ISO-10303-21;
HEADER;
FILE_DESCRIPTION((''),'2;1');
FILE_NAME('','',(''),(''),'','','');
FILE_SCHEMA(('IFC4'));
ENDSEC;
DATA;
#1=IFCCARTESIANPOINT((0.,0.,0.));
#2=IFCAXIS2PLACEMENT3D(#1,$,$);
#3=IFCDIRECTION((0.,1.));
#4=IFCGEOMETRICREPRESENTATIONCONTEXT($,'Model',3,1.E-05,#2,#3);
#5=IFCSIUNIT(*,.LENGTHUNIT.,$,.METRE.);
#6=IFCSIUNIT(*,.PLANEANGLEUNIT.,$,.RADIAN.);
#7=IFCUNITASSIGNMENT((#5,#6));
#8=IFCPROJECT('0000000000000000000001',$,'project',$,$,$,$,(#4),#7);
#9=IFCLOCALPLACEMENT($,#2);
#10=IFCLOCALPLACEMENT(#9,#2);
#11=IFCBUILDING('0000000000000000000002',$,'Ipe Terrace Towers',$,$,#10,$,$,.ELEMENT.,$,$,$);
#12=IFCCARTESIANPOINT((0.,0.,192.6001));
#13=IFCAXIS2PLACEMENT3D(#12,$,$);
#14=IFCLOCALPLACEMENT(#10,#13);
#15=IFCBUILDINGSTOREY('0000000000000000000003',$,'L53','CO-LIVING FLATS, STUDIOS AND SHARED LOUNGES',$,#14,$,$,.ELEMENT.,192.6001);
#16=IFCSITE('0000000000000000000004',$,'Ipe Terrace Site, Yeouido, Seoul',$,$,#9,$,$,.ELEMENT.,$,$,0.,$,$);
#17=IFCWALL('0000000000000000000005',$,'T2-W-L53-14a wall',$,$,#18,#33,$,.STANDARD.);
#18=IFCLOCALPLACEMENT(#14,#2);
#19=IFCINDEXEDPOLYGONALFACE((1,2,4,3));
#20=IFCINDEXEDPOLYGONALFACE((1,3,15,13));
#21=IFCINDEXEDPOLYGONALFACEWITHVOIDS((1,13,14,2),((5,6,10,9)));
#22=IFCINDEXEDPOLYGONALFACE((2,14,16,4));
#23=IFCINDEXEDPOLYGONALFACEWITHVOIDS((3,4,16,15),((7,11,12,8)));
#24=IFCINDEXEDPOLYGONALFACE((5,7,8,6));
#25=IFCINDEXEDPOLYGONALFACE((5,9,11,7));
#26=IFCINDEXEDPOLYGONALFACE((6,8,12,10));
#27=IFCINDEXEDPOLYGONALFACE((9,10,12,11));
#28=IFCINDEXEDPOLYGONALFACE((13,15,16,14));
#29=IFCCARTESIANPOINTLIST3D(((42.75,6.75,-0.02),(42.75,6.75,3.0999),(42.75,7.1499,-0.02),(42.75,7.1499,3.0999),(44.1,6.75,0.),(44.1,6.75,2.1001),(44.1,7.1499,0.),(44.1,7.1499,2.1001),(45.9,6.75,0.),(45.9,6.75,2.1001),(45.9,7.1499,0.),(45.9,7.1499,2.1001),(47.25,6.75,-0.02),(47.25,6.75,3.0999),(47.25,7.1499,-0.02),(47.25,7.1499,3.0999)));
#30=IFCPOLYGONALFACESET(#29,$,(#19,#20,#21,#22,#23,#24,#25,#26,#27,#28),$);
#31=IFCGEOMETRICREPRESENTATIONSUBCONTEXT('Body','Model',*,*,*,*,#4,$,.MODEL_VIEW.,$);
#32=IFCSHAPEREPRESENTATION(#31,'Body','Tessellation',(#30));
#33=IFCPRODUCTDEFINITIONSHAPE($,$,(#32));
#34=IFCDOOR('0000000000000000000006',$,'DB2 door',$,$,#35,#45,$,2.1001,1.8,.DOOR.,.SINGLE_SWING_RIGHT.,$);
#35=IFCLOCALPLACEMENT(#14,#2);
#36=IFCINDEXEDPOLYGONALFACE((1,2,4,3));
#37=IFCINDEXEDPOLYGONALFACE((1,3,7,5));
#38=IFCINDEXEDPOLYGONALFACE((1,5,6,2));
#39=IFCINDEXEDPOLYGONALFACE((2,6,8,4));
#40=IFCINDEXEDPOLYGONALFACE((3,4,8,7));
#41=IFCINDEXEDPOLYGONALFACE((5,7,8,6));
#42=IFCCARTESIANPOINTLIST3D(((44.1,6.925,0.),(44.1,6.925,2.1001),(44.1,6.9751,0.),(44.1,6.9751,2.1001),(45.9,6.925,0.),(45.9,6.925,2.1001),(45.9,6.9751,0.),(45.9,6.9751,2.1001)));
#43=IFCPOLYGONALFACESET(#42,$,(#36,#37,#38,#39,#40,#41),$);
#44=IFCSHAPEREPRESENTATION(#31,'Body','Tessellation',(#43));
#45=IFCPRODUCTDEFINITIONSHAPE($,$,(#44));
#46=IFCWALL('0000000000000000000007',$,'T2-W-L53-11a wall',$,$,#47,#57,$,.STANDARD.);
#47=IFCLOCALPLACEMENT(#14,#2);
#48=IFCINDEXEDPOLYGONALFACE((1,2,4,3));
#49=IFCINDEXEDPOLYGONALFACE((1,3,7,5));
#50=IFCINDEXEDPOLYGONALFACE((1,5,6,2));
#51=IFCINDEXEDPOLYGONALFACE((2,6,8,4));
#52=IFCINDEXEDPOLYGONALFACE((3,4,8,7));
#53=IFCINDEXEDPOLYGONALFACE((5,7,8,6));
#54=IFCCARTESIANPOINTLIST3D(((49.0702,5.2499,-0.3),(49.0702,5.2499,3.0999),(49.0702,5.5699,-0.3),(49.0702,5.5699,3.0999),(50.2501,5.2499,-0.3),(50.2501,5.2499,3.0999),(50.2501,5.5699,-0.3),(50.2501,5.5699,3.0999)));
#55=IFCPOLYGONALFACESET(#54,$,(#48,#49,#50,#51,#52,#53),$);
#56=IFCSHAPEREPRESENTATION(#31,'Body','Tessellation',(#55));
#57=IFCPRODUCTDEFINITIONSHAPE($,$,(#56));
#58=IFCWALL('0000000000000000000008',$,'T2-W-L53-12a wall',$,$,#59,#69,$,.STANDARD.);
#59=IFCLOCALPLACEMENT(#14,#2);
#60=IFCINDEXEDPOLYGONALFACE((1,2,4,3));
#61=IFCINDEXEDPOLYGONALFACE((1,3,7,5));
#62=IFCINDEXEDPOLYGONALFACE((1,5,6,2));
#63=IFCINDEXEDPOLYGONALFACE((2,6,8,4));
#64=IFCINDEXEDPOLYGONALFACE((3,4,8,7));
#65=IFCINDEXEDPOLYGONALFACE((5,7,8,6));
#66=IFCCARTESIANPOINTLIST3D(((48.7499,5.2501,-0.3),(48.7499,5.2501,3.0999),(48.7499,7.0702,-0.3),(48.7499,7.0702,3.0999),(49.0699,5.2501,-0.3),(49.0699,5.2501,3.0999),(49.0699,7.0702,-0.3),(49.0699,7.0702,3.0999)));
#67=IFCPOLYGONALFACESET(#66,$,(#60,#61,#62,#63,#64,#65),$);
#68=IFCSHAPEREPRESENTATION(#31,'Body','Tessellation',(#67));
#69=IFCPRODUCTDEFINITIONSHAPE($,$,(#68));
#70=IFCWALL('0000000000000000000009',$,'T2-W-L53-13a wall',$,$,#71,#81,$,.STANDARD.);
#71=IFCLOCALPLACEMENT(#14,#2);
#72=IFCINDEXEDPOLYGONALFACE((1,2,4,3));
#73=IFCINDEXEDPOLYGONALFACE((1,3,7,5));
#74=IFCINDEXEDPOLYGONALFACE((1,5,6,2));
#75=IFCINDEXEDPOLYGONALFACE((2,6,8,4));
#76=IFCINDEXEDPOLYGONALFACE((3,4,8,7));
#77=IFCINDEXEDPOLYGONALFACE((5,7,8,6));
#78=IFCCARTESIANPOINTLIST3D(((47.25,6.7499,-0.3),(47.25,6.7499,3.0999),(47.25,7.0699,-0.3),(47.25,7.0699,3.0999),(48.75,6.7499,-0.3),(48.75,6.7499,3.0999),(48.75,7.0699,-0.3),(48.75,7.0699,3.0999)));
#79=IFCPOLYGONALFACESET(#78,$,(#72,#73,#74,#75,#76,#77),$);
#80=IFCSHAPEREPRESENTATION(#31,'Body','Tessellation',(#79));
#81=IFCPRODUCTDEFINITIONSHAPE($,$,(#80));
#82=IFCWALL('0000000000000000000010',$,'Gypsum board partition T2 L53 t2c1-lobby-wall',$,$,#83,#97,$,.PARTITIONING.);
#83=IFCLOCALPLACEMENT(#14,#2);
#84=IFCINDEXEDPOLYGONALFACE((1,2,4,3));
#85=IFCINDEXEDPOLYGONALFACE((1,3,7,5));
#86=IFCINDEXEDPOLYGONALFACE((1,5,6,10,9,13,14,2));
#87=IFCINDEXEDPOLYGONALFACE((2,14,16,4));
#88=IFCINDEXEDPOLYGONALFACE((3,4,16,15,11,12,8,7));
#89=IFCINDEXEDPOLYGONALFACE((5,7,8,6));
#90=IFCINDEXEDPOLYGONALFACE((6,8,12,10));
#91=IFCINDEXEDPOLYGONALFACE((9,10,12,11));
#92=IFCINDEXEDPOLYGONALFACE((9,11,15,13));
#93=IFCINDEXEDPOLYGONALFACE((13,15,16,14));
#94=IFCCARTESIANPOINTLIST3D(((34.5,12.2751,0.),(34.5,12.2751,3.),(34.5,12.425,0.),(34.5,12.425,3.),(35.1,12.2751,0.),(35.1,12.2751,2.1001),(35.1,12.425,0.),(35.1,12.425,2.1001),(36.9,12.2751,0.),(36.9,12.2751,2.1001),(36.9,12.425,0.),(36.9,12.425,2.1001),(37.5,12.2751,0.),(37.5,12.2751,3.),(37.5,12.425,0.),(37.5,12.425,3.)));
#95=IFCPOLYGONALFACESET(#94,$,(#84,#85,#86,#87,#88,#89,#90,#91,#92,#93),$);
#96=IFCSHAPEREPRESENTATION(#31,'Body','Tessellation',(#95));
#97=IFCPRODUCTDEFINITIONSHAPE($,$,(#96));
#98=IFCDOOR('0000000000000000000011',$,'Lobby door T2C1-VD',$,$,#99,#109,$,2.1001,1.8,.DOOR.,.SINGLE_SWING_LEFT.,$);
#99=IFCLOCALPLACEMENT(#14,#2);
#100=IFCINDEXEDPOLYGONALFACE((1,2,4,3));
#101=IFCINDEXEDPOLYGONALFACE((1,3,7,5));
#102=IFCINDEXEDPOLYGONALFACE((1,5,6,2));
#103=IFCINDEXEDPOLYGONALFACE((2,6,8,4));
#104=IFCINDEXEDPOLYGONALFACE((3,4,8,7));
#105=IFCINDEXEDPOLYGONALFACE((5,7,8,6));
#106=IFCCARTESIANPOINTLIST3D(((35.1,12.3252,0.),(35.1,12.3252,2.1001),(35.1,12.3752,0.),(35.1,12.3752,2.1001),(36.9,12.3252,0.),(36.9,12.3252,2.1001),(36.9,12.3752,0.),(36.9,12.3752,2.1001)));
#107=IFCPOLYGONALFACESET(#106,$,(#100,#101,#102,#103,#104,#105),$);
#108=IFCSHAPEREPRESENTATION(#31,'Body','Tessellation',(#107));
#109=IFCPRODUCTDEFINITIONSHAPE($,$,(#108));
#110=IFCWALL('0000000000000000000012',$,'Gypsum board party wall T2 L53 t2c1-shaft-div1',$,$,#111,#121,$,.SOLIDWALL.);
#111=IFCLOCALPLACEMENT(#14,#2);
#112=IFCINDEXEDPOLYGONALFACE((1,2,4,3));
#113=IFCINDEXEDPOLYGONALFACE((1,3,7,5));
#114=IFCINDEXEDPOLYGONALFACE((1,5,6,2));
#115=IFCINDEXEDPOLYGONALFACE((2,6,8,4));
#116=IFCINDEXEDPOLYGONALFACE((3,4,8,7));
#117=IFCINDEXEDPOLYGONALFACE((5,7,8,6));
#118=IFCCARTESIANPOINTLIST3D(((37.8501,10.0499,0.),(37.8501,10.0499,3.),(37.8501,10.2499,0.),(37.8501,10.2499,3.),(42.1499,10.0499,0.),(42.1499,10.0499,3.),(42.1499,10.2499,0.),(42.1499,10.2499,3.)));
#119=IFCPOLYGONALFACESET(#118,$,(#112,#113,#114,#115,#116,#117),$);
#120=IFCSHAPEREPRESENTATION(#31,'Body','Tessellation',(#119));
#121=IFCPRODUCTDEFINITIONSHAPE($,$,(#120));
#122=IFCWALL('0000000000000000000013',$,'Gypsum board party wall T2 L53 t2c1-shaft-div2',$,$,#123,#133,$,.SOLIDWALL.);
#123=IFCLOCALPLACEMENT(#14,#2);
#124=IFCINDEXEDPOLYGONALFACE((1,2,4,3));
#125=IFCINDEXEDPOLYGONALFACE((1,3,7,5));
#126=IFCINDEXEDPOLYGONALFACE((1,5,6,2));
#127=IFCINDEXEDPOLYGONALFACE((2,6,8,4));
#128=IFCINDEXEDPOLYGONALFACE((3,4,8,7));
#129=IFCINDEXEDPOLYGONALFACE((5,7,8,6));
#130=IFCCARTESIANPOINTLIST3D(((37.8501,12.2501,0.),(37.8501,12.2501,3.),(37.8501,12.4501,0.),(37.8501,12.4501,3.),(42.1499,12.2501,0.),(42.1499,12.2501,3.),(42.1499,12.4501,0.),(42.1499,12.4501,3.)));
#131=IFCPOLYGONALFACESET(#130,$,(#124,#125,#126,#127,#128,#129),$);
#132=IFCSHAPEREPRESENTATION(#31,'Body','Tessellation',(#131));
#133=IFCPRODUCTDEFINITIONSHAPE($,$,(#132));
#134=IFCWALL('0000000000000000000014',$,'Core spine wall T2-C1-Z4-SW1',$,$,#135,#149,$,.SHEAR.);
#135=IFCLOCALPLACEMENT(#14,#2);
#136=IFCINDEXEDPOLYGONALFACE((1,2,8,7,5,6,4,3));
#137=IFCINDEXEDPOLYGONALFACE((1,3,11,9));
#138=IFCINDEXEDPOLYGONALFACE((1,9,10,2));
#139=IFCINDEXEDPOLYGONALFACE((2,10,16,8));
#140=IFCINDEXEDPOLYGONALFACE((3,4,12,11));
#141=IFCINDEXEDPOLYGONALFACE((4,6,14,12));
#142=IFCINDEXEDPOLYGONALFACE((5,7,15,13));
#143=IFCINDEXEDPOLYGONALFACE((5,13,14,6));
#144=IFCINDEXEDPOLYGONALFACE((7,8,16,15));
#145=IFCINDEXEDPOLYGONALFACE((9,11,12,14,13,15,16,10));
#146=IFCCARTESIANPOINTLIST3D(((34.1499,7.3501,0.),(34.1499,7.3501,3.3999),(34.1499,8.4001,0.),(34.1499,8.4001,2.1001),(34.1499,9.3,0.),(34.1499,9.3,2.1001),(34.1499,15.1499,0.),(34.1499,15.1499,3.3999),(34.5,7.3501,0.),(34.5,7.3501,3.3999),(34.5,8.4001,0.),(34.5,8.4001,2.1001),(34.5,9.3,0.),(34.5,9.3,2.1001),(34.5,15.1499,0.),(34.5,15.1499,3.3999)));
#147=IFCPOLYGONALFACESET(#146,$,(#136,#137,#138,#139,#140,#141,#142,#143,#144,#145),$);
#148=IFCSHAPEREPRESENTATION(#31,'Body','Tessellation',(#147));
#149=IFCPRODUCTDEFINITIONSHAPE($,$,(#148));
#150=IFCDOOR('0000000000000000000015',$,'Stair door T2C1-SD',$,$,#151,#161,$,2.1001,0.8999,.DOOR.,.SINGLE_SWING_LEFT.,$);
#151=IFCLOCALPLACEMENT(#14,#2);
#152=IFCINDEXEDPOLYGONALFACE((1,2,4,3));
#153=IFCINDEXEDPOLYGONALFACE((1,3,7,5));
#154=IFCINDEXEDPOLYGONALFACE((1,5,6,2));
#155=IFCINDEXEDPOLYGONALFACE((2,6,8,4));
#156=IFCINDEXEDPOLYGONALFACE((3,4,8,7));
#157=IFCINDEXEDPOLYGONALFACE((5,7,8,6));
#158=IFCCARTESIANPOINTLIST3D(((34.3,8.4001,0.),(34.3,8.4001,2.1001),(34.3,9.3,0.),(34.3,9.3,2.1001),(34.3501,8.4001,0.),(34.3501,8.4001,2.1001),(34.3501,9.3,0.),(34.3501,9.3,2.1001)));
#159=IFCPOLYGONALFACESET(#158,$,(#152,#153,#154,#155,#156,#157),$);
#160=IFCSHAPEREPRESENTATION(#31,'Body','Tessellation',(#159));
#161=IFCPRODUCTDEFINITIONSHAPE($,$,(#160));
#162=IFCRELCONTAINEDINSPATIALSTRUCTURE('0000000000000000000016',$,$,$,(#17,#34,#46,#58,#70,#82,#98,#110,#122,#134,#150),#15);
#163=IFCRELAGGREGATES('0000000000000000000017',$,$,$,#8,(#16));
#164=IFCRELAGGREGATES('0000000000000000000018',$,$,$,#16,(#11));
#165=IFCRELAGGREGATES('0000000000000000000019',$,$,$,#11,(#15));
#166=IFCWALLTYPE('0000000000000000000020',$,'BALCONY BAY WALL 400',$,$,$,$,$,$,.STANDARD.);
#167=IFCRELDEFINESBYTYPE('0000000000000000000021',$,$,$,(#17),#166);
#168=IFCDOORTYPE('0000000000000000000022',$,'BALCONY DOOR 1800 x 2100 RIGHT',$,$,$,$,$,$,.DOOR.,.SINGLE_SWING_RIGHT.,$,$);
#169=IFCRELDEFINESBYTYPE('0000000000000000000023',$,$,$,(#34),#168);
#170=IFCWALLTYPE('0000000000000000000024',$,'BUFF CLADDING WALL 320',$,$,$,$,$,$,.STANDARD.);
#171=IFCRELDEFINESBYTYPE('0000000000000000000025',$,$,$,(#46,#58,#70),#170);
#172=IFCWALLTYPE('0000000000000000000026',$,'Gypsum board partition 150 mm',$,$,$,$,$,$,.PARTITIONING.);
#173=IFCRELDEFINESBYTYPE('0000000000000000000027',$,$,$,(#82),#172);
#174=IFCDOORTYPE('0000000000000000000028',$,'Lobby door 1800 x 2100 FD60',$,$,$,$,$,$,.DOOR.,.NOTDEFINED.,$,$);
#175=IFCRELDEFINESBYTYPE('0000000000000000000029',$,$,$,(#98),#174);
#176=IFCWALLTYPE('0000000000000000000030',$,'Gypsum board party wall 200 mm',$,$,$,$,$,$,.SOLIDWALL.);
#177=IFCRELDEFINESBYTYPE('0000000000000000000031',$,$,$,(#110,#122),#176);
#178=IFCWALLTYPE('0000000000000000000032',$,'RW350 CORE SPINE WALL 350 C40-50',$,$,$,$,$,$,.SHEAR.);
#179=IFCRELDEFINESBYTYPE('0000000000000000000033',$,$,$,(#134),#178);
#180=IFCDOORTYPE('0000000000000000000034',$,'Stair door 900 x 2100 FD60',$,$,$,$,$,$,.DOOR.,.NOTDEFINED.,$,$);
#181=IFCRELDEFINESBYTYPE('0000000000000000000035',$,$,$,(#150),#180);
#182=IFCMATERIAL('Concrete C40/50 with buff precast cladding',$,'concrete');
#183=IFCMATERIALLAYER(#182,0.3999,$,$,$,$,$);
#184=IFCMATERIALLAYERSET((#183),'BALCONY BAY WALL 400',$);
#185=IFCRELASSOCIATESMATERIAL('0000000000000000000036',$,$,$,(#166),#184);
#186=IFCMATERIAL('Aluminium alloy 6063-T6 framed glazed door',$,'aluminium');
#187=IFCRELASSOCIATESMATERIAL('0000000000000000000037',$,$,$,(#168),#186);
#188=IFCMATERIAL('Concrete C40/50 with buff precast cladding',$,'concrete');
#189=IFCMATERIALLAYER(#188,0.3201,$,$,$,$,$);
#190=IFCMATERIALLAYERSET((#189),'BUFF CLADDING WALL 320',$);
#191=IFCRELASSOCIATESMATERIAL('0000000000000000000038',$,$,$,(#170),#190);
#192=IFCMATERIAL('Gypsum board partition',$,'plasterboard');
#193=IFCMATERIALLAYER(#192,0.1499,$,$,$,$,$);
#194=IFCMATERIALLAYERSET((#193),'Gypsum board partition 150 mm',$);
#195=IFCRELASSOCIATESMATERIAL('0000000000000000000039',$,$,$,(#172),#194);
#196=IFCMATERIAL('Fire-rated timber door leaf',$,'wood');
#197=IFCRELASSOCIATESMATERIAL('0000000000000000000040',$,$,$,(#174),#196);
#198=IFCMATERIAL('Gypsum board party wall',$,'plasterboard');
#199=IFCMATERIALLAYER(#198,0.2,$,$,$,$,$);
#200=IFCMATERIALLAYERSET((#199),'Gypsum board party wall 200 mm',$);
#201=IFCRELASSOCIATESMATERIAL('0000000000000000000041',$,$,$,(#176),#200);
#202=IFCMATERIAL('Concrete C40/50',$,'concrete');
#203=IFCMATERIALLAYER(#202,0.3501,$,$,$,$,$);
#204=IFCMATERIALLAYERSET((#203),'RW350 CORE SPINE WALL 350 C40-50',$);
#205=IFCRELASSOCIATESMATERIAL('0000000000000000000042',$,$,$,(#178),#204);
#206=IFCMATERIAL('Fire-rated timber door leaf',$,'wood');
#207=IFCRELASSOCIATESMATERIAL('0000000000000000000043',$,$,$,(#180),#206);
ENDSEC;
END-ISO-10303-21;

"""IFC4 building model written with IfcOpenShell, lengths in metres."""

from ifc_helpers import new_model, si_unit, direction, frame, frame_2d, origin, place, context, subcontext, project, spatial, rectangle, extrude, material, layer, layer_set, type_object, element, fill, save


model = new_model("IFC4")

# Units and contexts
model_context = context("Model", 3, precision=1e-05, world=origin(), true_north=direction((0.0, 1.0)))
body_context = subcontext(model_context, "Body", "Model", "MODEL_VIEW")
ifc_project = project(units=[si_unit("LENGTHUNIT", "METRE"), si_unit("PLANEANGLEUNIT", "RADIAN")], contexts=[model_context])

# Site, building, storey
site_placement = place(None, origin())
site = spatial("IfcSite", under=ifc_project, at=site_placement, Name="Ipe Terrace Site, Yeouido, Seoul", CompositionType="ELEMENT", RefElevation=0.0)
building_placement = place(site_placement, origin())
building = spatial("IfcBuilding", under=site, at=building_placement, Name="Ipe Terrace Towers", CompositionType="ELEMENT")
storey_placement = place(building_placement, frame((0.0, 0.0, 192.6001)))
storey = spatial("IfcBuildingStorey", under=building, at=storey_placement, Name="L53", Description="CO-LIVING FLATS, STUDIOS AND SHARED LOUNGES", CompositionType="ELEMENT", Elevation=192.6001)

# Wall, opening, door
ifc_material_1 = material(Name="Concrete C40/50 with buff precast cladding", Category="concrete")
ifc_layer_1 = layer(ifc_material_1, 0.3999)
ifc_layer_set_1 = layer_set([ifc_layer_1], Name="BALCONY BAY WALL 400")
wall_type_1 = type_object("IfcWallType", Name="BALCONY BAY WALL 400", PredefinedType="STANDARD", material=ifc_layer_set_1)
wall_1_placement = place(storey_placement, frame((47.25, 6.95, -0.02), z_axis=(0.0, 0.0, 1.0), x_axis=(-1.0, 0.0, 0.0)))
wall_1 = element("IfcWall", 1, at=wall_1_placement, inside=storey, type_object=wall_type_1, Name="T2-W-L53-14a wall", PredefinedType="STANDARD", context=body_context, shape_type="SweptSolid", body=[
    extrude(rectangle(XDim=4.5, YDim=0.3999, at=frame_2d((2.25, 0.0))), origin(), (0.0, 0.0, 1.0), 3.1199),
])
opening_1_placement = place(wall_1_placement, frame((1.3501, 0.0, 0.02)))
opening_1 = element("IfcOpeningElement", 2, at=opening_1_placement, cuts=wall_1, PredefinedType="OPENING", context=body_context, shape_type="SweptSolid", body=[
    extrude(rectangle(XDim=1.8, YDim=2.1001, at=frame_2d((0.8999, 1.05))), frame((0.0, 0.21, 0.0), z_axis=(0.0, -1.0, 0.0), x_axis=(1.0, 0.0, 0.0)), (0.0, 0.0, 1.0), 0.4199),
])
ifc_material_2 = material(Name="Aluminium alloy 6063-T6 framed glazed door", Category="aluminium")
door_type_1 = type_object("IfcDoorType", Name="BALCONY DOOR 1800 x 2100 RIGHT", OperationType="SINGLE_SWING_RIGHT", PredefinedType="DOOR", material=ifc_material_2)
door_1_placement = place(opening_1_placement, origin())
door_1 = element("IfcDoor", 3, at=door_1_placement, inside=storey, type_object=door_type_1, Name="DB2 door", OperationType="SINGLE_SWING_RIGHT", OverallHeight=2.1001, OverallWidth=1.8, PredefinedType="DOOR", context=body_context, shape_type="SweptSolid", body=[
    extrude(rectangle(XDim=1.8, YDim=2.1001, at=frame_2d((0.8999, 1.05))), frame((0.0, 0.0249, 0.0), z_axis=(0.0, -1.0, 0.0), x_axis=(1.0, 0.0, 0.0)), (0.0, 0.0, 1.0), 0.05),
])
fill(opening_1, door_1)

# Walls
ifc_material_3 = material(Name="Concrete C40/50 with buff precast cladding", Category="concrete")
ifc_layer_2 = layer(ifc_material_3, 0.3201)
ifc_layer_set_2 = layer_set([ifc_layer_2], Name="BUFF CLADDING WALL 320")
wall_type_2 = type_object("IfcWallType", Name="BUFF CLADDING WALL 320", PredefinedType="STANDARD", material=ifc_layer_set_2)
wall_2_placement = place(storey_placement, frame((50.25, 5.4099, -0.3), z_axis=(0.0, 0.0, 1.0), x_axis=(-1.0, 0.0, 0.0)))
element("IfcWall", 4, at=wall_2_placement, inside=storey, type_object=wall_type_2, Name="T2-W-L53-11a wall", PredefinedType="STANDARD", context=body_context, shape_type="SweptSolid", body=[
    extrude(rectangle(XDim=1.1799, YDim=0.3201, at=frame_2d((0.5898, 0.0))), origin(), (0.0, 0.0, 1.0), 3.3999),
])
wall_3_placement = place(storey_placement, frame((48.9099, 5.25, -0.3), z_axis=(0.0, 0.0, 1.0), x_axis=(0.0, 1.0, 0.0)))
element("IfcWall", 5, at=wall_3_placement, inside=storey, type_object=wall_type_2, Name="T2-W-L53-12a wall", PredefinedType="STANDARD", context=body_context, shape_type="SweptSolid", body=[
    extrude(rectangle(XDim=1.8201, YDim=0.3201, at=frame_2d((0.9102, 0.0))), origin(), (0.0, 0.0, 1.0), 3.3999),
])
wall_4_placement = place(storey_placement, frame((48.75, 6.9099, -0.3), z_axis=(0.0, 0.0, 1.0), x_axis=(-1.0, 0.0, 0.0)))
element("IfcWall", 6, at=wall_4_placement, inside=storey, type_object=wall_type_2, Name="T2-W-L53-13a wall", PredefinedType="STANDARD", context=body_context, shape_type="SweptSolid", body=[
    extrude(rectangle(XDim=1.5, YDim=0.3201, at=frame_2d((0.75, 0.0))), origin(), (0.0, 0.0, 1.0), 3.3999),
])

# Wall, opening, door
ifc_material_4 = material(Name="Gypsum board partition", Category="plasterboard")
ifc_layer_3 = layer(ifc_material_4, 0.1499)
ifc_layer_set_3 = layer_set([ifc_layer_3], Name="Gypsum board partition 150 mm")
wall_type_3 = type_object("IfcWallType", Name="Gypsum board partition 150 mm", PredefinedType="PARTITIONING", material=ifc_layer_set_3)
wall_5_placement = place(storey_placement, frame((37.5, 12.3501, 0.0), z_axis=(0.0, 0.0, 1.0), x_axis=(-1.0, 0.0, 0.0)))
wall_5 = element("IfcWall", 7, at=wall_5_placement, inside=storey, type_object=wall_type_3, Name="Gypsum board partition T2 L53 t2c1-lobby-wall", PredefinedType="PARTITIONING", context=body_context, shape_type="SweptSolid", body=[
    extrude(rectangle(XDim=3.0, YDim=0.1499, at=frame_2d((1.5, 0.0))), origin(), (0.0, 0.0, 1.0), 3.0),
])
opening_2_placement = place(wall_5_placement, frame((0.6001, 0.0, 0.0)))
opening_2 = element("IfcOpeningElement", 8, at=opening_2_placement, cuts=wall_5, PredefinedType="OPENING", context=body_context, shape_type="SweptSolid", body=[
    extrude(rectangle(XDim=1.8, YDim=2.1001, at=frame_2d((0.8999, 1.05))), frame((0.0, 0.085, 0.0), z_axis=(0.0, -1.0, 0.0), x_axis=(1.0, 0.0, 0.0)), (0.0, 0.0, 1.0), 0.1699),
])
ifc_material_5 = material(Name="Fire-rated timber door leaf", Category="wood")
door_type_2 = type_object("IfcDoorType", Name="Lobby door 1800 x 2100 FD60", OperationType="NOTDEFINED", PredefinedType="DOOR", material=ifc_material_5)
door_2_placement = place(opening_2_placement, origin())
door_2 = element("IfcDoor", 9, at=door_2_placement, inside=storey, type_object=door_type_2, Name="Lobby door T2C1-VD", OperationType="SINGLE_SWING_LEFT", OverallHeight=2.1001, OverallWidth=1.8, PredefinedType="DOOR", context=body_context, shape_type="SweptSolid", body=[
    extrude(rectangle(XDim=1.8, YDim=2.1001, at=frame_2d((0.8999, 1.05))), frame((0.0, 0.0249, 0.0), z_axis=(0.0, -1.0, 0.0), x_axis=(1.0, 0.0, 0.0)), (0.0, 0.0, 1.0), 0.05),
])
fill(opening_2, door_2)

# Walls
ifc_material_6 = material(Name="Gypsum board party wall", Category="plasterboard")
ifc_layer_4 = layer(ifc_material_6, 0.2)
ifc_layer_set_4 = layer_set([ifc_layer_4], Name="Gypsum board party wall 200 mm")
wall_type_4 = type_object("IfcWallType", Name="Gypsum board party wall 200 mm", PredefinedType="SOLIDWALL", material=ifc_layer_set_4)
for number, where, z_axis, x_axis, name in (
    (10, (42.1499, 10.1499, 0.0), (0.0, 0.0, 1.0), (-1.0, 0.0, 0.0), "Gypsum board party wall T2 L53 t2c1-shaft-div1"),
    (11, (42.1499, 12.3501, 0.0), (0.0, 0.0, 1.0), (-1.0, 0.0, 0.0), "Gypsum board party wall T2 L53 t2c1-shaft-div2"),
):
    element("IfcWall", number, at=place(storey_placement, frame(where, z_axis=z_axis, x_axis=x_axis)), inside=storey, type_object=wall_type_4, Name=name, PredefinedType="SOLIDWALL", context=body_context, shape_type="SweptSolid", body=[
        extrude(rectangle(XDim=4.2998, YDim=0.2, at=frame_2d((2.1499, 0.0))), origin(), (0.0, 0.0, 1.0), 3.0),
    ])

# Wall, opening, door
ifc_material_7 = material(Name="Concrete C40/50", Category="concrete")
ifc_layer_5 = layer(ifc_material_7, 0.3501)
ifc_layer_set_5 = layer_set([ifc_layer_5], Name="RW350 CORE SPINE WALL 350 C40-50")
wall_type_5 = type_object("IfcWallType", Name="RW350 CORE SPINE WALL 350 C40-50", PredefinedType="SHEAR", material=ifc_layer_set_5)
wall_6_placement = place(storey_placement, frame((34.325, 7.3501, 0.0), z_axis=(0.0, 0.0, 1.0), x_axis=(0.0, 1.0, 0.0)))
wall_6 = element("IfcWall", 12, at=wall_6_placement, inside=storey, type_object=wall_type_5, Name="Core spine wall T2-C1-Z4-SW1", PredefinedType="SHEAR", context=body_context, shape_type="SweptSolid", body=[
    extrude(rectangle(XDim=7.7998, YDim=0.3501, at=frame_2d((3.8999, 0.0))), origin(), (0.0, 0.0, 1.0), 3.3999),
])
opening_3_placement = place(wall_6_placement, frame((1.05, 0.0, 0.0)))
opening_3 = element("IfcOpeningElement", 13, at=opening_3_placement, cuts=wall_6, PredefinedType="OPENING", context=body_context, shape_type="SweptSolid", body=[
    extrude(rectangle(XDim=0.8999, YDim=2.1001, at=frame_2d((0.45, 1.05))), frame((0.0, 0.1851, 0.0), z_axis=(0.0, -1.0, 0.0), x_axis=(1.0, 0.0, 0.0)), (0.0, 0.0, 1.0), 0.3701),
])
ifc_material_8 = material(Name="Fire-rated timber door leaf", Category="wood")
door_type_3 = type_object("IfcDoorType", Name="Stair door 900 x 2100 FD60", OperationType="NOTDEFINED", PredefinedType="DOOR", material=ifc_material_8)
door_3_placement = place(opening_3_placement, origin())
door_3 = element("IfcDoor", 14, at=door_3_placement, inside=storey, type_object=door_type_3, Name="Stair door T2C1-SD", OperationType="SINGLE_SWING_LEFT", OverallHeight=2.1001, OverallWidth=0.8999, PredefinedType="DOOR", context=body_context, shape_type="SweptSolid", body=[
    extrude(rectangle(XDim=0.8999, YDim=2.1001, at=frame_2d((0.45, 1.05))), frame((0.0, 0.0249, 0.0), z_axis=(0.0, -1.0, 0.0), x_axis=(1.0, 0.0, 0.0)), (0.0, 0.0, 1.0), 0.05),
])
fill(opening_3, door_3)

save(model, "model.ifc")
